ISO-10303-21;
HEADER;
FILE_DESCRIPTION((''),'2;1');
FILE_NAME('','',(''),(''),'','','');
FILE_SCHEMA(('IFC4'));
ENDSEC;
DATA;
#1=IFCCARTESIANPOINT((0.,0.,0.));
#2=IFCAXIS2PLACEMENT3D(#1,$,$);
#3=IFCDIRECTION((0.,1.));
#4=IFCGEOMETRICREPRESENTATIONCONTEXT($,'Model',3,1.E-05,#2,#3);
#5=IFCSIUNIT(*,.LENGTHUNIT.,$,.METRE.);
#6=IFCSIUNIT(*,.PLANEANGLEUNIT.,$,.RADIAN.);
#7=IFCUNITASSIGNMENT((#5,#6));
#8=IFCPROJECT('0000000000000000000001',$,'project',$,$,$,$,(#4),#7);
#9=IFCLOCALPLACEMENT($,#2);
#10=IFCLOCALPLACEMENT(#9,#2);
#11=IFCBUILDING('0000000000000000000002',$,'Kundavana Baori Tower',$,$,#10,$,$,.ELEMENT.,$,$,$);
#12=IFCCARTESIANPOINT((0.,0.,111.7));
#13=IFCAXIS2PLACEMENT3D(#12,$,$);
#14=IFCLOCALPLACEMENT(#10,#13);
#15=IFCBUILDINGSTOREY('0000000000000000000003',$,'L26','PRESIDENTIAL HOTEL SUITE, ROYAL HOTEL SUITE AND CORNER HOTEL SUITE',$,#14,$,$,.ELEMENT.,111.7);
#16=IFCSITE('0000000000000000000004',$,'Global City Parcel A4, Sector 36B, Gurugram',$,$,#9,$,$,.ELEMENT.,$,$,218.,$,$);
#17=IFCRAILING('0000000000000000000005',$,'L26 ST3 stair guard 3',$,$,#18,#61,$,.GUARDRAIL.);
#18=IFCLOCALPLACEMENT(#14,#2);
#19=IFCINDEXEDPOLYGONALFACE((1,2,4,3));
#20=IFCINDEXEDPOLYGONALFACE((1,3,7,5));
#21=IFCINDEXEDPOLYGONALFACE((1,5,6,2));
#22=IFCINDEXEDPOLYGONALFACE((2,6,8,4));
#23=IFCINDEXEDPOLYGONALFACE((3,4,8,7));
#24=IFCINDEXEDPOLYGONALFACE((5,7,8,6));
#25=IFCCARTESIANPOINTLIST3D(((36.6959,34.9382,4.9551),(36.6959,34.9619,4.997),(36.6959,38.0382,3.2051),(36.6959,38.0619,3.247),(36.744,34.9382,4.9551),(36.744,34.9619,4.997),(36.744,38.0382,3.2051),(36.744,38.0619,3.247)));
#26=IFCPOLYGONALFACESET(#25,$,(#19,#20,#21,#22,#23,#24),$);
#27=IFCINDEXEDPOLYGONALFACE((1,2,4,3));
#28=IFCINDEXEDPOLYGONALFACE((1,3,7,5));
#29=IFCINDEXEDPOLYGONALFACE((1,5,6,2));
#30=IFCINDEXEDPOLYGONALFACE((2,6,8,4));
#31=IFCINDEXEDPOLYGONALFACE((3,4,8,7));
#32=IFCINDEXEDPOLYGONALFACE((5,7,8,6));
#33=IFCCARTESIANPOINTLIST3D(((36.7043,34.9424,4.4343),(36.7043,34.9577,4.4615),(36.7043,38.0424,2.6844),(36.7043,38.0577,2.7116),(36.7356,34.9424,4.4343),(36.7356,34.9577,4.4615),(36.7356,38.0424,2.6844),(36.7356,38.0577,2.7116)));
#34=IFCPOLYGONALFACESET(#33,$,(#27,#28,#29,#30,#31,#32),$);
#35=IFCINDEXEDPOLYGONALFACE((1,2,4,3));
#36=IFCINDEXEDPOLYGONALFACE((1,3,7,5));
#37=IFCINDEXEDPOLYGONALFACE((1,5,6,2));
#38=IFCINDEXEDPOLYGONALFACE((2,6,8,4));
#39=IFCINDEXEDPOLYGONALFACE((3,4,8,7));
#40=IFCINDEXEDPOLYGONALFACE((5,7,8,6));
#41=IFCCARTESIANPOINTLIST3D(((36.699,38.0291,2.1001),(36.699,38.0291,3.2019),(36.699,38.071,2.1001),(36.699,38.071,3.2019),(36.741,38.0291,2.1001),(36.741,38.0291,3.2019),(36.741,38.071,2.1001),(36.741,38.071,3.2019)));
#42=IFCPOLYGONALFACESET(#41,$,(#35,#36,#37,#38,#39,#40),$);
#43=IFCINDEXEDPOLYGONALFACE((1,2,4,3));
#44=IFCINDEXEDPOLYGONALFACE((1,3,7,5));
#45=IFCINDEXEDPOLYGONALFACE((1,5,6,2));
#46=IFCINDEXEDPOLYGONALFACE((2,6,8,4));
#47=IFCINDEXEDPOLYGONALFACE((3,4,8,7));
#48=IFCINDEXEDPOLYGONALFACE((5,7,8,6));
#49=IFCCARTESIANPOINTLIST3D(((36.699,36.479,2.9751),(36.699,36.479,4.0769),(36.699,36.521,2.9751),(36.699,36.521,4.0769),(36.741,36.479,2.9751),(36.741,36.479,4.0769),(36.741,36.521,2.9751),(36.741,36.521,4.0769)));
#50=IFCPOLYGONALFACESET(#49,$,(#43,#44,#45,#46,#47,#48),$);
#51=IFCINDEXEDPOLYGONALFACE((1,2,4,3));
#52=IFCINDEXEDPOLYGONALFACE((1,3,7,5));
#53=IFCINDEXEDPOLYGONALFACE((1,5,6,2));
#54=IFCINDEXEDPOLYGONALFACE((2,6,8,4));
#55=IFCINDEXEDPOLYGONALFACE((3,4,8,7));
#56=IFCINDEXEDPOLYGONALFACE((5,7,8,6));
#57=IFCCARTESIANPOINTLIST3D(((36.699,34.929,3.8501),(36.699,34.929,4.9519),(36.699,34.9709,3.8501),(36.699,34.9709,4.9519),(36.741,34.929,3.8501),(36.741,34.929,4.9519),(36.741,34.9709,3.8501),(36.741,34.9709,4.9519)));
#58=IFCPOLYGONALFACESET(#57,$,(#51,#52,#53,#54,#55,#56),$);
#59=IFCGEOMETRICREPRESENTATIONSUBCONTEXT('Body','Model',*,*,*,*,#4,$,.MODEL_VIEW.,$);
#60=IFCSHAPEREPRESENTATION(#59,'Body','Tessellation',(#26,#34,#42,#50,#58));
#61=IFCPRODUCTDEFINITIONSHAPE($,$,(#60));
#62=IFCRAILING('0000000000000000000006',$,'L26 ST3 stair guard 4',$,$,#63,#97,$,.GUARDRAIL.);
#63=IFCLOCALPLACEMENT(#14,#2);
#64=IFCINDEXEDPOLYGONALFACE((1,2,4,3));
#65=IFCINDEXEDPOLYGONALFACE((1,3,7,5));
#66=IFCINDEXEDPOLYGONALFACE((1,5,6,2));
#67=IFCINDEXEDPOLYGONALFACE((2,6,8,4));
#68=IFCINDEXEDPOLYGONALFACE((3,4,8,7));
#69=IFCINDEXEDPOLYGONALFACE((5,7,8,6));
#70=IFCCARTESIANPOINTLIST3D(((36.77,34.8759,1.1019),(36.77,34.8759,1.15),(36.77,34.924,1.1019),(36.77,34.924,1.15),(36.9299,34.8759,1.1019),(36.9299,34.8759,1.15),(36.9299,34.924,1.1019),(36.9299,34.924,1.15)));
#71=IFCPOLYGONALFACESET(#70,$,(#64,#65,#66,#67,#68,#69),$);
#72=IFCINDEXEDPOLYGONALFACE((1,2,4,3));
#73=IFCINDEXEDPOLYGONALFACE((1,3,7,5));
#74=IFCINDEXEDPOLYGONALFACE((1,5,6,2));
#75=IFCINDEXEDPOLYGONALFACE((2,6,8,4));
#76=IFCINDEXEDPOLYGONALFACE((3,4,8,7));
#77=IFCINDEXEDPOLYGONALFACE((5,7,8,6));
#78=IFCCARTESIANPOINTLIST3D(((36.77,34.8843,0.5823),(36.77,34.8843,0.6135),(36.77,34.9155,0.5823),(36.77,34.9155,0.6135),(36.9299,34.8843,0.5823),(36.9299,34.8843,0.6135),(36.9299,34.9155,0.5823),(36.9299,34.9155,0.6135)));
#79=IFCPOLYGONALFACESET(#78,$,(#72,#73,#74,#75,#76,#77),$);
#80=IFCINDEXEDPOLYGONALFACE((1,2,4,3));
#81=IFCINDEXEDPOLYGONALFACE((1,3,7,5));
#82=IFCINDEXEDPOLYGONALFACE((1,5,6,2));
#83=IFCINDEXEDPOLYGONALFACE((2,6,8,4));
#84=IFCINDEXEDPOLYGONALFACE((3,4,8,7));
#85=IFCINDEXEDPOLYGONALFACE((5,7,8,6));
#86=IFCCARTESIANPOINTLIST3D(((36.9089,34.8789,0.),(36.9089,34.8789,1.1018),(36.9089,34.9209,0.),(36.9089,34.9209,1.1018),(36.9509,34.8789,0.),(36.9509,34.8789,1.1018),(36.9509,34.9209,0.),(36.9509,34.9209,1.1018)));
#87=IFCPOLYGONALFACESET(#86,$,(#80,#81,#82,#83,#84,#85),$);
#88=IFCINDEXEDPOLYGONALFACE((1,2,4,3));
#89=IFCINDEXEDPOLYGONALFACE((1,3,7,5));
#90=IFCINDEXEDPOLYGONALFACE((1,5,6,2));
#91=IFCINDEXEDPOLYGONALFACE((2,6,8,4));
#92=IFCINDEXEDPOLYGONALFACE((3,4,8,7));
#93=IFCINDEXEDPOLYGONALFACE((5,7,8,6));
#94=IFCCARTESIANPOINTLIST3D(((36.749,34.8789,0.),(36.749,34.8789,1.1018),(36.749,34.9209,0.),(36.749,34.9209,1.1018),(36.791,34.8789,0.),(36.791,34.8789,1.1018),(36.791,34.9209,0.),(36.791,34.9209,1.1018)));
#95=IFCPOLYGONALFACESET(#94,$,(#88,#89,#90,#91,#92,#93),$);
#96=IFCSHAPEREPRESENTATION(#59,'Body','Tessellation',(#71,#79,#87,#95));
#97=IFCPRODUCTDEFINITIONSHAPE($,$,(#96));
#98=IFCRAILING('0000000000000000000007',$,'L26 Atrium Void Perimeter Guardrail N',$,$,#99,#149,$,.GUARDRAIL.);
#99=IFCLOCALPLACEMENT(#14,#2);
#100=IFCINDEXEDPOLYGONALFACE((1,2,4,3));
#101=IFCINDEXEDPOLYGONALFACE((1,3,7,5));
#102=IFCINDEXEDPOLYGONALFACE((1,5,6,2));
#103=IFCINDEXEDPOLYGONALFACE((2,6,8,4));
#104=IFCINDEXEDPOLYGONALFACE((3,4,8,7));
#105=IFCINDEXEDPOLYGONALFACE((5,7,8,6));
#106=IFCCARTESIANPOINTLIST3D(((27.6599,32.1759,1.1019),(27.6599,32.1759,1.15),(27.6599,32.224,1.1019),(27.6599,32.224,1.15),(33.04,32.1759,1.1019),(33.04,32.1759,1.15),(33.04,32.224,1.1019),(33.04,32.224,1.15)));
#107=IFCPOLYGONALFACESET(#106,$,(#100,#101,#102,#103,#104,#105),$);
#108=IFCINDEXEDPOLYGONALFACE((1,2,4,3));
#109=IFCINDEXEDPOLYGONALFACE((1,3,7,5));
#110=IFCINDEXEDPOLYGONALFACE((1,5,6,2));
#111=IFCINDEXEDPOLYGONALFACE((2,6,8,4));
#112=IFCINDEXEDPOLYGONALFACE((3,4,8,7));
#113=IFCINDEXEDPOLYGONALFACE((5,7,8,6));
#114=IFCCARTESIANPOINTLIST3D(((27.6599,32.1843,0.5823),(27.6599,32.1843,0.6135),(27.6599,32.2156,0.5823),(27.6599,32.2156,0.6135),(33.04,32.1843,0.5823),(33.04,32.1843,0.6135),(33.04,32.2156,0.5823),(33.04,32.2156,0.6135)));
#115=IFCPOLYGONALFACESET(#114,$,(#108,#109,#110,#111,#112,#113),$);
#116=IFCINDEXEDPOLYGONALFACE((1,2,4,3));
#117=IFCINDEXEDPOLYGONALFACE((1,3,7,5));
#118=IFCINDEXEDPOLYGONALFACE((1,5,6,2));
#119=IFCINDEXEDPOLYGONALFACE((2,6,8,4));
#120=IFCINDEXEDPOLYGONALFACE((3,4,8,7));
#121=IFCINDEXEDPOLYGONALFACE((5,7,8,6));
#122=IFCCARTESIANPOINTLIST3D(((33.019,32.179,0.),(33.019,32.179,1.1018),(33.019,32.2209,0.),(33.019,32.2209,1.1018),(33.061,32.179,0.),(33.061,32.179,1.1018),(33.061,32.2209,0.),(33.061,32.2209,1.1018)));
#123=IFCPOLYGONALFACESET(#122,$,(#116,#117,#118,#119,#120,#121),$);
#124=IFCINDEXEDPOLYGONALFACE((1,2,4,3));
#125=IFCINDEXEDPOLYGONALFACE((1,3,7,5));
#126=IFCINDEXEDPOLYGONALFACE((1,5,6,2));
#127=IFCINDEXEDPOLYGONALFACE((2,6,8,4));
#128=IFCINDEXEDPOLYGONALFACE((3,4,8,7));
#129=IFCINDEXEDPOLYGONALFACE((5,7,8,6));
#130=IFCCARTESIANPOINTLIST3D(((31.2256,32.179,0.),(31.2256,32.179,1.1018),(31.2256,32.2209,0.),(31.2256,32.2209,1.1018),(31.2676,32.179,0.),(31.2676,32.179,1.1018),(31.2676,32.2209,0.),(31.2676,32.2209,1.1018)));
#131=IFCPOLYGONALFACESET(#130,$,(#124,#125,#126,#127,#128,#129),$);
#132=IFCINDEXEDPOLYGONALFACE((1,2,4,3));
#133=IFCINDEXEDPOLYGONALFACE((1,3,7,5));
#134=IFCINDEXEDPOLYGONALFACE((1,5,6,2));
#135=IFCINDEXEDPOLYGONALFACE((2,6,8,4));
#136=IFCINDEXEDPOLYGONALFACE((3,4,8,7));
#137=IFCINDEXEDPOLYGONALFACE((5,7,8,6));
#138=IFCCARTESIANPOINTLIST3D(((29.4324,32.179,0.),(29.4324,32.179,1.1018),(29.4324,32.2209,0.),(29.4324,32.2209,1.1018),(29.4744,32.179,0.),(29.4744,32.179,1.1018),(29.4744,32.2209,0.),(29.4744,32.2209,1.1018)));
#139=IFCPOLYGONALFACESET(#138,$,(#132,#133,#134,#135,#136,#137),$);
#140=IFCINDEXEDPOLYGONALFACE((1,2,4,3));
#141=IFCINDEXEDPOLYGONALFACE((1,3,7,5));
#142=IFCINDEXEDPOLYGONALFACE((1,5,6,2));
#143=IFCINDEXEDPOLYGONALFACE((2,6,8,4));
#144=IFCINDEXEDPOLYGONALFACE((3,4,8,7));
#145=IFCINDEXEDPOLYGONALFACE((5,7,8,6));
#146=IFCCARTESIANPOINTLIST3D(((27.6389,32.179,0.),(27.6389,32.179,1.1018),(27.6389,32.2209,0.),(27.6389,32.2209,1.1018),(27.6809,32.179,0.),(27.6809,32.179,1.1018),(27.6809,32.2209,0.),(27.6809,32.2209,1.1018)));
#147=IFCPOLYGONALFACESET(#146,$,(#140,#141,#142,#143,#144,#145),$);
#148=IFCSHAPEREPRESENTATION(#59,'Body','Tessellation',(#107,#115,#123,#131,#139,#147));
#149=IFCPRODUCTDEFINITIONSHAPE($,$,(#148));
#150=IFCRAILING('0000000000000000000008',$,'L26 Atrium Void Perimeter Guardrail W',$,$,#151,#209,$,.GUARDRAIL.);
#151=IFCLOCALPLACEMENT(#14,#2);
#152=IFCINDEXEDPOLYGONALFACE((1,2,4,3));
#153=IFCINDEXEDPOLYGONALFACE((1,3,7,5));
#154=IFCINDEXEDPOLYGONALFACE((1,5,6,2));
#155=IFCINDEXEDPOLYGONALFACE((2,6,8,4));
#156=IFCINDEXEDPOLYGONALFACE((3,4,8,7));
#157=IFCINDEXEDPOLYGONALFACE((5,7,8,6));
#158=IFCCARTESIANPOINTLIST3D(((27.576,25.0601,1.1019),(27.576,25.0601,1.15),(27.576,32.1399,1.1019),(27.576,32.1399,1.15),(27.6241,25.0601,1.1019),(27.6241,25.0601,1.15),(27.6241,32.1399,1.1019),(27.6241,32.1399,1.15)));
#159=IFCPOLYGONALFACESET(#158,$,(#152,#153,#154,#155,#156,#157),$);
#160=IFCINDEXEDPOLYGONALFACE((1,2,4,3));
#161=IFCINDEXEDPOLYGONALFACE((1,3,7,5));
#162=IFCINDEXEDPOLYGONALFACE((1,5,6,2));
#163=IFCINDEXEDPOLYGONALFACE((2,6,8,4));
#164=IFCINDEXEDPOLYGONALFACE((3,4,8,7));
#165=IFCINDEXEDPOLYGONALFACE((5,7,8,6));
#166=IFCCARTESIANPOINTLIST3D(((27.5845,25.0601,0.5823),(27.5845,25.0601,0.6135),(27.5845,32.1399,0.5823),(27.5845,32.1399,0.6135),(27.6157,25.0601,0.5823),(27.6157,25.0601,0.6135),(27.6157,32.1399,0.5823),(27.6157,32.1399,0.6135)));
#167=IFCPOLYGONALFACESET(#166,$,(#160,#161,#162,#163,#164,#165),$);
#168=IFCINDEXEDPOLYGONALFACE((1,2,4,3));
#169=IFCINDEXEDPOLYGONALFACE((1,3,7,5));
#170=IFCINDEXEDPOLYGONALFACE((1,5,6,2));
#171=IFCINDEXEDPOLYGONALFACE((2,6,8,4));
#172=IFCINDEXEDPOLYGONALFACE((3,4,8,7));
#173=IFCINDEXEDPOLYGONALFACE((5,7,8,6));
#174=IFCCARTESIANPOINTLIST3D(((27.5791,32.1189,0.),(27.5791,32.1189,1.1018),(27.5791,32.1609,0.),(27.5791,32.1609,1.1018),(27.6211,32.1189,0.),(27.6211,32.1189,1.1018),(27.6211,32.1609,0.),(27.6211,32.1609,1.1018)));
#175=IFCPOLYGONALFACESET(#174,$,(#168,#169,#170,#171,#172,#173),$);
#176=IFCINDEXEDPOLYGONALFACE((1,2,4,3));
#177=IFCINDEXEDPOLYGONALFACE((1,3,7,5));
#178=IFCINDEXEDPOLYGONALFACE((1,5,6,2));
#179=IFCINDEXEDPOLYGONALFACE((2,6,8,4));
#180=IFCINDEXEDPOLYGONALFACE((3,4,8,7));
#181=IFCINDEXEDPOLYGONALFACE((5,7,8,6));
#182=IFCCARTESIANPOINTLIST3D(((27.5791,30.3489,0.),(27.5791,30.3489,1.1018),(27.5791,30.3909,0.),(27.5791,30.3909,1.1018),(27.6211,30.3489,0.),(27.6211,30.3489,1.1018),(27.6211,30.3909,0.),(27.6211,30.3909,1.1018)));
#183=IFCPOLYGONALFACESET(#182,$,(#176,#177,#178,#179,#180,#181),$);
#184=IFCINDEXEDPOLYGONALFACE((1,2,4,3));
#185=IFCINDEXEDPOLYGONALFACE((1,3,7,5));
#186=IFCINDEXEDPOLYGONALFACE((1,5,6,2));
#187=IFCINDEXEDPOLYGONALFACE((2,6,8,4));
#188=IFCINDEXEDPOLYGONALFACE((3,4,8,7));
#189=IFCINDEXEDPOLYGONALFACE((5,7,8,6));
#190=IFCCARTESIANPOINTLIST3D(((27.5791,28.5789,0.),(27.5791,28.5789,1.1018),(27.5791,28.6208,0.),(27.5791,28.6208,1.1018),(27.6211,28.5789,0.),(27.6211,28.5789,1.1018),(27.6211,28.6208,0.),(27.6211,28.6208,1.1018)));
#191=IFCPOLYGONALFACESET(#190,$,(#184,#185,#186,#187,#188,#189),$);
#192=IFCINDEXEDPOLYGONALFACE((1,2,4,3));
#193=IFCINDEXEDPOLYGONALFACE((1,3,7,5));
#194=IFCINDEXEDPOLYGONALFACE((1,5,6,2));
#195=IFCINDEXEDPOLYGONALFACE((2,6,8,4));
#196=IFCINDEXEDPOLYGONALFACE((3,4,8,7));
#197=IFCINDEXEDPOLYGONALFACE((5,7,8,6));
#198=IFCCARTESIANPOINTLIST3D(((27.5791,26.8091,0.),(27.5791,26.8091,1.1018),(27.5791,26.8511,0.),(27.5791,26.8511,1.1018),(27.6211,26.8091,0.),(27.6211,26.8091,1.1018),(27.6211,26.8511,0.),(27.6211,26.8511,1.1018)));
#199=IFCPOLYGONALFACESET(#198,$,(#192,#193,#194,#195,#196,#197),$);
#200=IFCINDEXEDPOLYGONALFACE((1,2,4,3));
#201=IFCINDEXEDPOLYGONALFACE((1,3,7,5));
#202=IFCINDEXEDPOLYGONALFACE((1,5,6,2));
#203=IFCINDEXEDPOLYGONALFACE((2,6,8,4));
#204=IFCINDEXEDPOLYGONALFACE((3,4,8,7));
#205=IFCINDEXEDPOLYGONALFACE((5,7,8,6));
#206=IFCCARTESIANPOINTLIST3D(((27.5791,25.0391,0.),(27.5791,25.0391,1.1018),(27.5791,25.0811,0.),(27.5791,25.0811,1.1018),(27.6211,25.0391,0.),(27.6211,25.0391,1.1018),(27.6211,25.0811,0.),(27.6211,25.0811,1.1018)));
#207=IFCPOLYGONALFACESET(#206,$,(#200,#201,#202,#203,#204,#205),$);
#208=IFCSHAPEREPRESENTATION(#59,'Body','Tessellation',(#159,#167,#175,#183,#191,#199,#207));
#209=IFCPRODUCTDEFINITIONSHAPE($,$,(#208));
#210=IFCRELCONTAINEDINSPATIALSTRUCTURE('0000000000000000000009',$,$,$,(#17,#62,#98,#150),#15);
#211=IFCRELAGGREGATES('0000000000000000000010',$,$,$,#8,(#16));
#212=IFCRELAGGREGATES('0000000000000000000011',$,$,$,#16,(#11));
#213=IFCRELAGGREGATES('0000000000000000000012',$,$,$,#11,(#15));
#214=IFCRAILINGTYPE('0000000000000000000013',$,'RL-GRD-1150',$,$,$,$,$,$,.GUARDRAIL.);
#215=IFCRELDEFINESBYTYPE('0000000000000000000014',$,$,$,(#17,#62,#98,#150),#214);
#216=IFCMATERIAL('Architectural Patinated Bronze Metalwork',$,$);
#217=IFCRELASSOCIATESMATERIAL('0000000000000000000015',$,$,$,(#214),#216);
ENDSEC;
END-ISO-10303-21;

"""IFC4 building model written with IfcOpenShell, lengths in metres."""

from ifc_helpers import new_model, si_unit, direction, frame, origin, origin_2d, place, context, subcontext, project, spatial, rectangle, extrude, material, type_object, element, save


model = new_model("IFC4")

# Units and contexts
model_context = context("Model", 3, precision=1e-05, world=origin(), true_north=direction((0.0, 1.0)))
body_context = subcontext(model_context, "Body", "Model", "MODEL_VIEW")
ifc_project = project(units=[si_unit("LENGTHUNIT", "METRE"), si_unit("PLANEANGLEUNIT", "RADIAN")], contexts=[model_context])

# Site, building, storey
site_placement = place(None, origin())
site = spatial("IfcSite", under=ifc_project, at=site_placement, Name="Global City Parcel A4, Sector 36B, Gurugram", CompositionType="ELEMENT", RefElevation=218.0)
building_placement = place(site_placement, origin())
building = spatial("IfcBuilding", under=site, at=building_placement, Name="Kundavana Baori Tower", CompositionType="ELEMENT")
storey_placement = place(building_placement, frame((0.0, 0.0, 111.7)))
storey = spatial("IfcBuildingStorey", under=building, at=storey_placement, Name="L26", Description="PRESIDENTIAL HOTEL SUITE, ROYAL HOTEL SUITE AND CORNER HOTEL SUITE", CompositionType="ELEMENT", Elevation=111.7)

# Railings
ifc_material_1 = material(Name="Architectural Patinated Bronze Metalwork")
railing_type_1 = type_object("IfcRailingType", Name="RL-GRD-1150", PredefinedType="GUARDRAIL", material=ifc_material_1)
railing_1_placement = place(storey_placement, frame((36.72, 38.05, 2.1001)))
element("IfcRailing", 1, at=railing_1_placement, inside=storey, type_object=railing_type_1, Name="L26 ST3 stair guard 3", PredefinedType="GUARDRAIL", context=body_context, shape_type="SweptSolid", body=[
    extrude(rectangle(XDim=0.0481, YDim=0.0481, at=origin_2d()), frame((0.0, 0.0, 1.126), z_axis=(0.0, -0.870831, 0.491583), x_axis=(1.0, 0.0, 0.0)), (0.0, 0.0, 1.0), 3.5598),
    extrude(rectangle(XDim=0.0312, YDim=0.0312, at=origin_2d()), frame((0.0, 0.0, 0.5979), z_axis=(0.0, -0.870831, 0.491583), x_axis=(1.0, 0.0, 0.0)), (0.0, 0.0, 1.0), 3.5598),
    extrude(rectangle(XDim=0.042, YDim=0.042, at=origin_2d()), origin(), (0.0, 0.0, 1.0), 1.1018),
    extrude(rectangle(XDim=0.042, YDim=0.042, at=origin_2d()), frame((0.0, -1.55, 0.875)), (0.0, 0.0, 1.0), 1.1018),
    extrude(rectangle(XDim=0.042, YDim=0.042, at=origin_2d()), frame((0.0, -3.1001, 1.75)), (0.0, 0.0, 1.0), 1.1018),
])
railing_2_placement = place(storey_placement, frame((36.9299, 34.8999, 0.0)))
element("IfcRailing", 2, at=railing_2_placement, inside=storey, type_object=railing_type_1, Name="L26 ST3 stair guard 4", PredefinedType="GUARDRAIL", context=body_context, shape_type="SweptSolid", body=[
    extrude(rectangle(XDim=0.0481, YDim=0.0481, at=origin_2d()), frame((0.0, 0.0, 1.126), z_axis=(-1.0, 0.0, 0.0), x_axis=(0.0, -1.0, 0.0)), (0.0, 0.0, 1.0), 0.1599),
    extrude(rectangle(XDim=0.0312, YDim=0.0312, at=origin_2d()), frame((0.0, 0.0, 0.5979), z_axis=(-1.0, 0.0, 0.0), x_axis=(0.0, -1.0, 0.0)), (0.0, 0.0, 1.0), 0.1599),
    extrude(rectangle(XDim=0.042, YDim=0.042, at=origin_2d()), origin(), (0.0, 0.0, 1.0), 1.1018),
    extrude(rectangle(XDim=0.042, YDim=0.042, at=origin_2d()), frame((-0.1599, 0.0, 0.0)), (0.0, 0.0, 1.0), 1.1018),
])
railing_3_placement = place(storey_placement, frame((33.04, 32.2, 0.0)))
element("IfcRailing", 3, at=railing_3_placement, inside=storey, type_object=railing_type_1, Name="L26 Atrium Void Perimeter Guardrail N", PredefinedType="GUARDRAIL", context=body_context, shape_type="SweptSolid", body=[
    extrude(rectangle(XDim=0.0481, YDim=0.0481, at=origin_2d()), frame((0.0, 0.0, 1.126), z_axis=(-1.0, 0.0, 0.0), x_axis=(0.0, -1.0, 0.0)), (0.0, 0.0, 1.0), 5.3801),
    extrude(rectangle(XDim=0.0312, YDim=0.0312, at=origin_2d()), frame((0.0, 0.0, 0.5979), z_axis=(-1.0, 0.0, 0.0), x_axis=(0.0, -1.0, 0.0)), (0.0, 0.0, 1.0), 5.3801),
    extrude(rectangle(XDim=0.042, YDim=0.042, at=origin_2d()), origin(), (0.0, 0.0, 1.0), 1.1018),
    extrude(rectangle(XDim=0.042, YDim=0.042, at=origin_2d()), frame((-1.7935, 0.0, 0.0)), (0.0, 0.0, 1.0), 1.1018),
    extrude(rectangle(XDim=0.042, YDim=0.042, at=origin_2d()), frame((-3.5867, 0.0, 0.0)), (0.0, 0.0, 1.0), 1.1018),
    extrude(rectangle(XDim=0.042, YDim=0.042, at=origin_2d()), frame((-5.3801, 0.0, 0.0)), (0.0, 0.0, 1.0), 1.1018),
])
railing_4_placement = place(storey_placement, frame((27.6001, 32.1399, 0.0)))
element("IfcRailing", 4, at=railing_4_placement, inside=storey, type_object=railing_type_1, Name="L26 Atrium Void Perimeter Guardrail W", PredefinedType="GUARDRAIL", context=body_context, shape_type="SweptSolid", body=[
    extrude(rectangle(XDim=0.0481, YDim=0.0481, at=origin_2d()), frame((0.0, 0.0, 1.126), z_axis=(0.0, -1.0, 0.0), x_axis=(1.0, 0.0, 0.0)), (0.0, 0.0, 1.0), 7.0798),
    extrude(rectangle(XDim=0.0312, YDim=0.0312, at=origin_2d()), frame((0.0, 0.0, 0.5979), z_axis=(0.0, -1.0, 0.0), x_axis=(1.0, 0.0, 0.0)), (0.0, 0.0, 1.0), 7.0798),
    extrude(rectangle(XDim=0.042, YDim=0.042, at=origin_2d()), origin(), (0.0, 0.0, 1.0), 1.1018),
    extrude(rectangle(XDim=0.042, YDim=0.042, at=origin_2d()), frame((0.0, -1.77, 0.0)), (0.0, 0.0, 1.0), 1.1018),
    extrude(rectangle(XDim=0.042, YDim=0.042, at=origin_2d()), frame((0.0, -3.54, 0.0)), (0.0, 0.0, 1.0), 1.1018),
    extrude(rectangle(XDim=0.042, YDim=0.042, at=origin_2d()), frame((0.0, -5.3098, 0.0)), (0.0, 0.0, 1.0), 1.1018),
    extrude(rectangle(XDim=0.042, YDim=0.042, at=origin_2d()), frame((0.0, -7.0798, 0.0)), (0.0, 0.0, 1.0), 1.1018),
])

save(model, "model.ifc")
